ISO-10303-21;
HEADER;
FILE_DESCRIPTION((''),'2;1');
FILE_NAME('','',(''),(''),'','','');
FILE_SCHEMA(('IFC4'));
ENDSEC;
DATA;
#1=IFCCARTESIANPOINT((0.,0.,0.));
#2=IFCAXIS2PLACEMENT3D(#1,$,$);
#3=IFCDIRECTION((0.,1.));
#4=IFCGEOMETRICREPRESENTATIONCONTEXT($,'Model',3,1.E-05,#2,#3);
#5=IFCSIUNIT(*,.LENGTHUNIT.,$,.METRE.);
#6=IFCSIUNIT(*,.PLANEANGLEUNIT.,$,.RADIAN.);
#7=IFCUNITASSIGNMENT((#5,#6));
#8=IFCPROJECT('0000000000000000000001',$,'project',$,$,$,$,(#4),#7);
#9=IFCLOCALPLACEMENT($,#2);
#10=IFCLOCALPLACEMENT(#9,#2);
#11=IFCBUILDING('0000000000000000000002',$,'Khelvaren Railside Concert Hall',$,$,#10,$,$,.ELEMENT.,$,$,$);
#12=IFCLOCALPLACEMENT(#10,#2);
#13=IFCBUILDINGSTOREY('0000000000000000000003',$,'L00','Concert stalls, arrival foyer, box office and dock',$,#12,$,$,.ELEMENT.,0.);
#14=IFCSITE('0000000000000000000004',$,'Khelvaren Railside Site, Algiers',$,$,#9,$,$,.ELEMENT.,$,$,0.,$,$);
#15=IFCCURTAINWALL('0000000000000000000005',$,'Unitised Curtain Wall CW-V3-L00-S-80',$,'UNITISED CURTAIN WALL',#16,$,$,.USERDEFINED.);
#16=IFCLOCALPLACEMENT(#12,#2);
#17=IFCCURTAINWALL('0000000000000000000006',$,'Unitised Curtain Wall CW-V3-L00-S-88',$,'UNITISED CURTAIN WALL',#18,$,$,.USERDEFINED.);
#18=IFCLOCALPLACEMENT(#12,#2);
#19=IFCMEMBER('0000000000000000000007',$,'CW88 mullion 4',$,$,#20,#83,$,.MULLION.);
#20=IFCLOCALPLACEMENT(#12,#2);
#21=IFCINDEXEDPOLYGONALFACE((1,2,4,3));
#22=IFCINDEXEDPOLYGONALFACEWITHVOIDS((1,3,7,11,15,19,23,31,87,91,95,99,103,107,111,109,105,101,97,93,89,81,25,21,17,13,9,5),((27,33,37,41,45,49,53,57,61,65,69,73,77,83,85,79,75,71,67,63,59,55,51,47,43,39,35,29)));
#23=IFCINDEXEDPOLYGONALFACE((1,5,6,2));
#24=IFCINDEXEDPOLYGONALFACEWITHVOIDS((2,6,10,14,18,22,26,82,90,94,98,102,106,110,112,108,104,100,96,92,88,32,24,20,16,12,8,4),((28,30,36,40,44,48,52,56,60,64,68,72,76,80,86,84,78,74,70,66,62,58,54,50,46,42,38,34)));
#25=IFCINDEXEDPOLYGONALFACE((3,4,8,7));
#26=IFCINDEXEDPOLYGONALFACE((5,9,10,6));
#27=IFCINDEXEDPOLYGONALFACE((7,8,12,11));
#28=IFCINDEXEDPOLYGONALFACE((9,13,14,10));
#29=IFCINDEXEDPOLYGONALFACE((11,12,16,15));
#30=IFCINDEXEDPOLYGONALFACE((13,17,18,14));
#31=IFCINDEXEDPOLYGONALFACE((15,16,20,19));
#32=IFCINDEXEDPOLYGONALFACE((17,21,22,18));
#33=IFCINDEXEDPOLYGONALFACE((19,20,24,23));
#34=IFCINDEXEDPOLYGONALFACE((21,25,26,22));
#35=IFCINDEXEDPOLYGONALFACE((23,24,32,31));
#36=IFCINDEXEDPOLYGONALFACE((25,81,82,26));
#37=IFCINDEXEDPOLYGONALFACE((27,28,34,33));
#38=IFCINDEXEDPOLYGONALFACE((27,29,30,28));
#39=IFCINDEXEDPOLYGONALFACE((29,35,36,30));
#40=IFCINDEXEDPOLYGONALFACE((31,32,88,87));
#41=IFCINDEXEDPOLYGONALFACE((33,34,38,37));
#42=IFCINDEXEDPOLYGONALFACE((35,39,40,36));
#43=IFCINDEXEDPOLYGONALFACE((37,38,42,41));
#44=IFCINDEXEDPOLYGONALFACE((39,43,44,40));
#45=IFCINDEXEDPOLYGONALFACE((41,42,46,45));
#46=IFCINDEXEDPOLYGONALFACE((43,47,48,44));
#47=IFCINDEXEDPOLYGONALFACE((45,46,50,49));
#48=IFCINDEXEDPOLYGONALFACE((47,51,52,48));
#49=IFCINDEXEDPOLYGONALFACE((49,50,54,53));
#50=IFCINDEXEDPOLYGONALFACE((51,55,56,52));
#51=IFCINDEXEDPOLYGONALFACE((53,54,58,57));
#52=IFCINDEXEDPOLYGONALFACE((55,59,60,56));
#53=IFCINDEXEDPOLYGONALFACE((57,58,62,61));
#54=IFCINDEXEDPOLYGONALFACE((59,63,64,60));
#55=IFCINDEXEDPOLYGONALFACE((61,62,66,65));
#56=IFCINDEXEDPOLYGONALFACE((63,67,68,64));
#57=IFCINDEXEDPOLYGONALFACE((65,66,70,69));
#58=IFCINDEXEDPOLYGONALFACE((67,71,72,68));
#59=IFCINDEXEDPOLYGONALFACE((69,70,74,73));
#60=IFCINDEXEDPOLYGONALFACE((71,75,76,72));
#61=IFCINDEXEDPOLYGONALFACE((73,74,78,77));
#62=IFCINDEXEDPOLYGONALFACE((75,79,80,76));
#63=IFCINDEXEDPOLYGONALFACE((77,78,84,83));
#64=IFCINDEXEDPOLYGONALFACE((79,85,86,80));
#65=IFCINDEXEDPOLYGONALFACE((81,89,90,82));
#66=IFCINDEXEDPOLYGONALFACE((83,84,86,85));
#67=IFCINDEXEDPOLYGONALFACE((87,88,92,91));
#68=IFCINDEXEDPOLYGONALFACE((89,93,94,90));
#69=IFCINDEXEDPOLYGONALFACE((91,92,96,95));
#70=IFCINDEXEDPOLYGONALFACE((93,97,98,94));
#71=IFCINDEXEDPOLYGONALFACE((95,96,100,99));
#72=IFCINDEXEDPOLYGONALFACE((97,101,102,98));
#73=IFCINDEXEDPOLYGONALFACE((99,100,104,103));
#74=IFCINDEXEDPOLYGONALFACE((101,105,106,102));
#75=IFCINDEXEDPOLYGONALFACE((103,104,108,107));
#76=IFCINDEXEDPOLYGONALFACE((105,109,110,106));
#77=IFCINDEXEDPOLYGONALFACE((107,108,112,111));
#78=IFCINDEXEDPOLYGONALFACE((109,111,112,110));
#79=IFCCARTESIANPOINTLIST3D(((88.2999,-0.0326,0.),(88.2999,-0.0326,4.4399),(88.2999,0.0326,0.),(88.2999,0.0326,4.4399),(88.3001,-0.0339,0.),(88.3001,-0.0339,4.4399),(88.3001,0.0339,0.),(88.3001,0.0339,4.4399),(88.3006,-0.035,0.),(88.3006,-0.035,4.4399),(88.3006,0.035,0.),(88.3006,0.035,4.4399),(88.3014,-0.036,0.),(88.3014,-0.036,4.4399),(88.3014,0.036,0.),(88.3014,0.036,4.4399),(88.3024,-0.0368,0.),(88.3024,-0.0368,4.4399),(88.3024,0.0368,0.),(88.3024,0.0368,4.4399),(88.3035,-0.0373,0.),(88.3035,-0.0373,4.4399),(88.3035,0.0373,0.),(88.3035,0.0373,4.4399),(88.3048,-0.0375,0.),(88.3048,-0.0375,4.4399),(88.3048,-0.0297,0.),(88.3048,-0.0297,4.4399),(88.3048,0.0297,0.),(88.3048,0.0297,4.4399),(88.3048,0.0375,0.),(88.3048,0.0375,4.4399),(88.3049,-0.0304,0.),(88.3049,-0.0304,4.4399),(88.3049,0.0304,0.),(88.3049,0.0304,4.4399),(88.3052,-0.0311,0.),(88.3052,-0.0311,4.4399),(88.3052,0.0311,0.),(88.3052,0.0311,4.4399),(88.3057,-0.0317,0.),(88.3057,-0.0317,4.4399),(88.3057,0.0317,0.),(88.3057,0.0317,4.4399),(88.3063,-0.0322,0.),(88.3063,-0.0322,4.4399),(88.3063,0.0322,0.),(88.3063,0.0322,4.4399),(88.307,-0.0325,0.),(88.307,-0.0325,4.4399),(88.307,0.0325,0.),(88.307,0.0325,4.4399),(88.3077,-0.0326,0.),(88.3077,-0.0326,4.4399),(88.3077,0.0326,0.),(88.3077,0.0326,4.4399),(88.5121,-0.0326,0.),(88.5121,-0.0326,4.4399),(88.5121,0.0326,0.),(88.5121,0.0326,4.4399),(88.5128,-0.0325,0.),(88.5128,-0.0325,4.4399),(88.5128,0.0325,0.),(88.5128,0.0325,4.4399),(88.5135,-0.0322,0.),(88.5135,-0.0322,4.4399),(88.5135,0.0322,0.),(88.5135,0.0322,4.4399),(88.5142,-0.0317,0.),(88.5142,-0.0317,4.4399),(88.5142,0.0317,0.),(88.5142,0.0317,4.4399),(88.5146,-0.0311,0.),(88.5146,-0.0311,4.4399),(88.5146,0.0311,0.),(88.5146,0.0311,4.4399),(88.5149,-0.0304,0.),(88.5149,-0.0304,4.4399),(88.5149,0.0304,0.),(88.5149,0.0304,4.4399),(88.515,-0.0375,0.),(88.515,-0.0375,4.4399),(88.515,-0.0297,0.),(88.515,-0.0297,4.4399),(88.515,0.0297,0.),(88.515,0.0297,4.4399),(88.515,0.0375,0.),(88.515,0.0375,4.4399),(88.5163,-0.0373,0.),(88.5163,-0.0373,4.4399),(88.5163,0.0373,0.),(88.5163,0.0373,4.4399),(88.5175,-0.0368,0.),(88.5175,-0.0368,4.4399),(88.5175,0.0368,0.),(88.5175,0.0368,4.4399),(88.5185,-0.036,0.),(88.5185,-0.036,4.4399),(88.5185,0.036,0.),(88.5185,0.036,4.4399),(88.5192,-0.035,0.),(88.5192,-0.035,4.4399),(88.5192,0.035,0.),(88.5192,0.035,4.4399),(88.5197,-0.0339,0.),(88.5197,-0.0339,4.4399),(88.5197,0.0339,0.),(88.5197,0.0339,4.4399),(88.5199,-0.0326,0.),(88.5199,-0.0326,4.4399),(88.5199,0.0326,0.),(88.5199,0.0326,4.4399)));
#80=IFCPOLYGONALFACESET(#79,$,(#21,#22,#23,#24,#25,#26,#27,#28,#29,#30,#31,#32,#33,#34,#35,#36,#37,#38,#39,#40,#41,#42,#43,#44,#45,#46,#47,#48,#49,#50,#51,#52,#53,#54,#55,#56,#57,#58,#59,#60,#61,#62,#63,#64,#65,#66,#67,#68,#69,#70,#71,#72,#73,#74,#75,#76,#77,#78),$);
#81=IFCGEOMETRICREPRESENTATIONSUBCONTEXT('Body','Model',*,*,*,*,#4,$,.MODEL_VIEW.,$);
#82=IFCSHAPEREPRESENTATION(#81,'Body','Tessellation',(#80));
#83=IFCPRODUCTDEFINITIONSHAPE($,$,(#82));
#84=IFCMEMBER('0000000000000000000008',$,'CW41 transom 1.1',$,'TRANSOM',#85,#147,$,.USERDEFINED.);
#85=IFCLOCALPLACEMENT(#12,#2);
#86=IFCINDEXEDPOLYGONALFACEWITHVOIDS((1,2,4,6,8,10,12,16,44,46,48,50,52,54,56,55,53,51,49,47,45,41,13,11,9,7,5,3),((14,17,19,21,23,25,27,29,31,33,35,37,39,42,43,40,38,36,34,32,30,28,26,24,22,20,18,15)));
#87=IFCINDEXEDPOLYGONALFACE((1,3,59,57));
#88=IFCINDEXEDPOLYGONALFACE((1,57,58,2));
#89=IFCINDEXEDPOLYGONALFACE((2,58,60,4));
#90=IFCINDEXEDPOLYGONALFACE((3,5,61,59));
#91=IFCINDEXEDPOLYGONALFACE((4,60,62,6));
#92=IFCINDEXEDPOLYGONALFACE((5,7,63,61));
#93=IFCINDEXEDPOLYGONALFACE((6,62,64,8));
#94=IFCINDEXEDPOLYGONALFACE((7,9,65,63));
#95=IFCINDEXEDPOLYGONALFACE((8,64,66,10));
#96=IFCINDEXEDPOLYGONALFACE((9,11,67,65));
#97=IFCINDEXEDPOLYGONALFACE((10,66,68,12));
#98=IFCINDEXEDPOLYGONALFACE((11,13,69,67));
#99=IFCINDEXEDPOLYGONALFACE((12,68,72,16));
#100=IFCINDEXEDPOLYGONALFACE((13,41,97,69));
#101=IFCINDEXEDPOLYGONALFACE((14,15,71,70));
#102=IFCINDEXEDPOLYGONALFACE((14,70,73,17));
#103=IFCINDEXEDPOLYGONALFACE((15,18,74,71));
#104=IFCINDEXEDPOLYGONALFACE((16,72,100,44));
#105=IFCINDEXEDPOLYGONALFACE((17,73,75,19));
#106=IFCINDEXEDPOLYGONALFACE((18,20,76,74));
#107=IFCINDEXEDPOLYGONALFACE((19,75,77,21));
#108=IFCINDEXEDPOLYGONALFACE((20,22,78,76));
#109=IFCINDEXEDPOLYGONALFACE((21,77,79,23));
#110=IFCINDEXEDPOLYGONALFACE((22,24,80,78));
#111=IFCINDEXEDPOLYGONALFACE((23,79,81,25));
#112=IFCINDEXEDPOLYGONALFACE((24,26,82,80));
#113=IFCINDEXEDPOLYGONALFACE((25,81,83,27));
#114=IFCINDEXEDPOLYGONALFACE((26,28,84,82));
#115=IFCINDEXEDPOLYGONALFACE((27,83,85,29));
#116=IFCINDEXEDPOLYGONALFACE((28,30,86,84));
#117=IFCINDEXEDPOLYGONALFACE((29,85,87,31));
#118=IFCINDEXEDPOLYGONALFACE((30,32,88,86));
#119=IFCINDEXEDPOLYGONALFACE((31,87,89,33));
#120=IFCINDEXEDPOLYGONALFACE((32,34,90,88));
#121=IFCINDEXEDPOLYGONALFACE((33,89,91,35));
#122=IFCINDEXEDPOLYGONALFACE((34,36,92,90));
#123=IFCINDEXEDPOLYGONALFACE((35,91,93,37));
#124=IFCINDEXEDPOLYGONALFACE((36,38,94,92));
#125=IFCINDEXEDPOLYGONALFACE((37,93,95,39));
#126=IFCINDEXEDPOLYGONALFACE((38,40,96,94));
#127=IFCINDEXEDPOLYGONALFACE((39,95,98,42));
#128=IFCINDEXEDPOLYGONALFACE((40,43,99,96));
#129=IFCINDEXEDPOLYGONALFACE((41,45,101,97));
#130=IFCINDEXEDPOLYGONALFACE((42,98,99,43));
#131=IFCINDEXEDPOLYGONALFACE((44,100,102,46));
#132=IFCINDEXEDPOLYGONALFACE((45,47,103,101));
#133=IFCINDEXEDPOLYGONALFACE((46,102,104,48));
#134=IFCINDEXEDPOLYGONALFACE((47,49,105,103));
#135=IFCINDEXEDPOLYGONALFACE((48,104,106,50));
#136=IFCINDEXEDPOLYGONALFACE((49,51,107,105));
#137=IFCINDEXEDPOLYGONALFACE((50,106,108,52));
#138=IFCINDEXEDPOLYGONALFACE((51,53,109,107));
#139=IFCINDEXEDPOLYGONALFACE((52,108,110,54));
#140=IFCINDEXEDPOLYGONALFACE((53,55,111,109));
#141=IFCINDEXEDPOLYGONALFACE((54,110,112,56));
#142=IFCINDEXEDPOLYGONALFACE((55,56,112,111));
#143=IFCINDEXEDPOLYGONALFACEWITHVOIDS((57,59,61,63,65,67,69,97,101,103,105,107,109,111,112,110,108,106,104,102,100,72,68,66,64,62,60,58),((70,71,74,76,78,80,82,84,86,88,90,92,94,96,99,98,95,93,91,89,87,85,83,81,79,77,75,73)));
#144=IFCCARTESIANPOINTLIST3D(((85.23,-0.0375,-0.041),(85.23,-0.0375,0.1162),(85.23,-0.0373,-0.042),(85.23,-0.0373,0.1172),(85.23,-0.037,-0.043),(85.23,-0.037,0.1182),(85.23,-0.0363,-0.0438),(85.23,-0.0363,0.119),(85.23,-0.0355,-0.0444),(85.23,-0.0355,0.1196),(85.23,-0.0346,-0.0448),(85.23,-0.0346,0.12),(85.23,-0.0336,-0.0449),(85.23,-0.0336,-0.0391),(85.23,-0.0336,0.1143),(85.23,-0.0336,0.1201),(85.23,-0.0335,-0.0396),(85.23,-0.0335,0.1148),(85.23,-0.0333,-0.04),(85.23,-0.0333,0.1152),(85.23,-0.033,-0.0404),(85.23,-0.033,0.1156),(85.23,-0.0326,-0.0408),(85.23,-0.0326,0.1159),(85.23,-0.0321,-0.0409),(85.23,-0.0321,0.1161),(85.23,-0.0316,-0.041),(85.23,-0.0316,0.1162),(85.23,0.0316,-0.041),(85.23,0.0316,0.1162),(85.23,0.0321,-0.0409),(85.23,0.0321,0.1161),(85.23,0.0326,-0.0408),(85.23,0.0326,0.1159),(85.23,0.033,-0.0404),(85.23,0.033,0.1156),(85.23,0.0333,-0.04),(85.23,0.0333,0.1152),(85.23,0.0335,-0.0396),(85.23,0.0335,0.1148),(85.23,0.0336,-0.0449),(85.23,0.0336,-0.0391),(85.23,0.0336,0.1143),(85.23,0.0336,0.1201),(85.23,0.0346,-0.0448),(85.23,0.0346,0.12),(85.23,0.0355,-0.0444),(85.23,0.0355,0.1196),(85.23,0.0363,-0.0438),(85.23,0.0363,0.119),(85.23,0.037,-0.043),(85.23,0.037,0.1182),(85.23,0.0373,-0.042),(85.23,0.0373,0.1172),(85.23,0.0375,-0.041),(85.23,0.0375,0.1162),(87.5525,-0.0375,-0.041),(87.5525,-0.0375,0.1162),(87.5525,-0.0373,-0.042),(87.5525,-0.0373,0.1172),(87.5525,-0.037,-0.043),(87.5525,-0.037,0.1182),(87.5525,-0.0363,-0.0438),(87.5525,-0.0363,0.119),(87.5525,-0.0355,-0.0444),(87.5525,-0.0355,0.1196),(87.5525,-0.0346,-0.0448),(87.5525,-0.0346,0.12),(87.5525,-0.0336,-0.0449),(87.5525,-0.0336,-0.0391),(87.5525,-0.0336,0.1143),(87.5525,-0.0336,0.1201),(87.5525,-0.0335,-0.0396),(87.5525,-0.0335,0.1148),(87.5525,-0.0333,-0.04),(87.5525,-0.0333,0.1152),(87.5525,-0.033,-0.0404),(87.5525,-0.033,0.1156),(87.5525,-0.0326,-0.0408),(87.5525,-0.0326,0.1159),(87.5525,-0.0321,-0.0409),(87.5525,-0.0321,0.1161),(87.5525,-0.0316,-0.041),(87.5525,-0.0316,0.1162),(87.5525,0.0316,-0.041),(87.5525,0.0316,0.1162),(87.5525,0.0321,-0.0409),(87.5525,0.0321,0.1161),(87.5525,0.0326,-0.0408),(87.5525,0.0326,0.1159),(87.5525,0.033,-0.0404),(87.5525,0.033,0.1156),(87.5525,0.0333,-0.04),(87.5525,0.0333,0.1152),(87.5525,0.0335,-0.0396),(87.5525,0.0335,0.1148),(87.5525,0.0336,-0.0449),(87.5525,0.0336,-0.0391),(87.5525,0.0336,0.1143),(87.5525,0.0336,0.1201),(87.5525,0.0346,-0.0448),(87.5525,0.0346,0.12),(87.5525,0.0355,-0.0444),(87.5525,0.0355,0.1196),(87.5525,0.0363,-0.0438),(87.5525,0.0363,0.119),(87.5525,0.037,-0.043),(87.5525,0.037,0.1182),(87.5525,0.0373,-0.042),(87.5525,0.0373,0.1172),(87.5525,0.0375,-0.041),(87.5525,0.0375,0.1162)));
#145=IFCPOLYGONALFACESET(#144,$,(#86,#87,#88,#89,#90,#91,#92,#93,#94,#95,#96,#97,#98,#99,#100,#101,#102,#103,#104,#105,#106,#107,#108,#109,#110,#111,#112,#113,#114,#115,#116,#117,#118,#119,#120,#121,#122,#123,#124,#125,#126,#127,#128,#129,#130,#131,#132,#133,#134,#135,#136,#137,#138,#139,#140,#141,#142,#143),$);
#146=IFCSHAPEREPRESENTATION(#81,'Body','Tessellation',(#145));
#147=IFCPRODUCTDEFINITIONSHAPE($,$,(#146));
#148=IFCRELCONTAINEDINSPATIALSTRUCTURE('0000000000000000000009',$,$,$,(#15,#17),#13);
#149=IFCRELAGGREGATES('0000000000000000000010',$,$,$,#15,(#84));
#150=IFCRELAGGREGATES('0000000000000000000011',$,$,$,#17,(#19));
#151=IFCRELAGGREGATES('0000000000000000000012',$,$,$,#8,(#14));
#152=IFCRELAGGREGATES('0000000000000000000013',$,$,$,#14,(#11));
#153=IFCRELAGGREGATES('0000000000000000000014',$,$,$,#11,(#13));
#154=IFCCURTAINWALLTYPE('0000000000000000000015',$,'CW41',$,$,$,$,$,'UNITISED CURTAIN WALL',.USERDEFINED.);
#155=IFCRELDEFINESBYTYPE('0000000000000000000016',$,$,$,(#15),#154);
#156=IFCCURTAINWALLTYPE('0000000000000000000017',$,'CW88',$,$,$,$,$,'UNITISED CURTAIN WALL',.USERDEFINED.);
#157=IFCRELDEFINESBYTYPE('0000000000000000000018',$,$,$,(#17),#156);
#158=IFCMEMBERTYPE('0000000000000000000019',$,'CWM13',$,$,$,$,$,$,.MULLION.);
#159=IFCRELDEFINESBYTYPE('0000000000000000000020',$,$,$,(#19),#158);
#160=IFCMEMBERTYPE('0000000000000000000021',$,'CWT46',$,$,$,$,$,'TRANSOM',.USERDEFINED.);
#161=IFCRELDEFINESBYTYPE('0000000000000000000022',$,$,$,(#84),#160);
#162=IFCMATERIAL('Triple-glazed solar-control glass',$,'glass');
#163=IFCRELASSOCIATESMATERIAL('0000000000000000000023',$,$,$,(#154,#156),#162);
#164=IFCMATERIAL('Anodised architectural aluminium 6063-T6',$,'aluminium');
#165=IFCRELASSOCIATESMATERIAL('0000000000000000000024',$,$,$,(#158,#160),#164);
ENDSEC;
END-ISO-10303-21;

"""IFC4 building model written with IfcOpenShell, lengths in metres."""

from ifc_helpers import new_model, si_unit, direction, frame, origin, origin_2d, place, context, subcontext, project, spatial, hollow_rectangle, extrude, material, material_profile, profile_set, type_object, element, aggregate, save


model = new_model("IFC4")

# Units and contexts
model_context = context("Model", 3, precision=1e-05, world=origin(), true_north=direction((0.0, 1.0)))
body_context = subcontext(model_context, "Body", "Model", "MODEL_VIEW")
ifc_project = project(units=[si_unit("LENGTHUNIT", "METRE"), si_unit("PLANEANGLEUNIT", "RADIAN")], contexts=[model_context])

# Site, building, storey
site_placement = place(None, origin())
site = spatial("IfcSite", under=ifc_project, at=site_placement, Name="Khelvaren Railside Site, Algiers", CompositionType="ELEMENT", RefElevation=0.0)
building_placement = place(site_placement, origin())
building = spatial("IfcBuilding", under=site, at=building_placement, Name="Khelvaren Railside Concert Hall", CompositionType="ELEMENT")
storey_placement = place(building_placement, origin())
storey = spatial("IfcBuildingStorey", under=building, at=storey_placement, Name="L00", Description="Concert stalls, arrival foyer, box office and dock", CompositionType="ELEMENT", Elevation=0.0)

# Curtain wall
ifc_material_1 = material(Name="Triple-glazed solar-control glass", Category="glass")
curtain_wall_type_1 = type_object("IfcCurtainWallType", Name="CW41", ElementType="UNITISED CURTAIN WALL", PredefinedType="USERDEFINED", material=ifc_material_1)
curtain_wall_1_placement = place(storey_placement, origin())
curtain_wall_1 = element("IfcCurtainWall", 1, at=curtain_wall_1_placement, inside=storey, type_object=curtain_wall_type_1, Name="Unitised Curtain Wall CW-V3-L00-S-80", ObjectType="UNITISED CURTAIN WALL", PredefinedType="USERDEFINED")
ifc_material_2 = material(Name="Anodised architectural aluminium 6063-T6", Category="aluminium")
ifc_material_profile_1 = material_profile(ifc_material_2, hollow_rectangle(XDim=0.075, YDim=0.22, WallThickness=0.0049, InnerFilletRadius=0.0029, OuterFilletRadius=0.0049, at=origin_2d()), Name="CWM 75x220x5")
ifc_profile_set_1 = profile_set([ifc_material_profile_1], Name="Anodised architectural aluminium 6063-T6")
member_type_1 = type_object("IfcMemberType", Name="CWM13", PredefinedType="MULLION", material=ifc_profile_set_1)

# Curtain wall, member
curtain_wall_type_2 = type_object("IfcCurtainWallType", Name="CW88", ElementType="UNITISED CURTAIN WALL", PredefinedType="USERDEFINED", material=ifc_material_1)
curtain_wall_2_placement = place(storey_placement, origin())
curtain_wall_2 = element("IfcCurtainWall", 2, at=curtain_wall_2_placement, inside=storey, type_object=curtain_wall_type_2, Name="Unitised Curtain Wall CW-V3-L00-S-88", ObjectType="UNITISED CURTAIN WALL", PredefinedType="USERDEFINED")
member_1_placement = place(storey_placement, frame((88.4099, 0.0, 0.0), z_axis=(0.0, 0.0, 1.0), x_axis=(0.0, -1.0, 0.0)))
member_1 = element("IfcMember", 3, at=member_1_placement, type_object=member_type_1, Name="CW88 mullion 4", PredefinedType="MULLION", context=body_context, shape_type="SweptSolid", body=[
    extrude(hollow_rectangle(XDim=0.075, YDim=0.22, WallThickness=0.0049, InnerFilletRadius=0.0029, OuterFilletRadius=0.0049, at=origin_2d()), origin(), (0.0, 0.0, 1.0), 4.4399),
])

# Member
ifc_material_profile_2 = material_profile(ifc_material_2, hollow_rectangle(XDim=0.075, YDim=0.165, WallThickness=0.0039, InnerFilletRadius=0.002, OuterFilletRadius=0.0039, at=origin_2d()), Name="CWT 75x165x4")
ifc_profile_set_2 = profile_set([ifc_material_profile_2], Name="Anodised architectural aluminium 6063-T6")
member_type_2 = type_object("IfcMemberType", Name="CWT46", ElementType="TRANSOM", PredefinedType="USERDEFINED", material=ifc_profile_set_2)
member_2_placement = place(storey_placement, frame((87.5525, 0.0, 0.0376), z_axis=(-1.0, 0.0, 0.0), x_axis=(0.0, -1.0, 0.0)))
member_2 = element("IfcMember", 4, at=member_2_placement, type_object=member_type_2, Name="CW41 transom 1.1", ObjectType="TRANSOM", PredefinedType="USERDEFINED", context=body_context, shape_type="SweptSolid", body=[
    extrude(hollow_rectangle(XDim=0.075, YDim=0.165, WallThickness=0.0039, InnerFilletRadius=0.002, OuterFilletRadius=0.0039, at=origin_2d()), origin(), (0.0, 0.0, 1.0), 2.3225),
])

aggregate(curtain_wall_1, [member_2])
aggregate(curtain_wall_2, [member_1])

save(model, "model.ifc")
